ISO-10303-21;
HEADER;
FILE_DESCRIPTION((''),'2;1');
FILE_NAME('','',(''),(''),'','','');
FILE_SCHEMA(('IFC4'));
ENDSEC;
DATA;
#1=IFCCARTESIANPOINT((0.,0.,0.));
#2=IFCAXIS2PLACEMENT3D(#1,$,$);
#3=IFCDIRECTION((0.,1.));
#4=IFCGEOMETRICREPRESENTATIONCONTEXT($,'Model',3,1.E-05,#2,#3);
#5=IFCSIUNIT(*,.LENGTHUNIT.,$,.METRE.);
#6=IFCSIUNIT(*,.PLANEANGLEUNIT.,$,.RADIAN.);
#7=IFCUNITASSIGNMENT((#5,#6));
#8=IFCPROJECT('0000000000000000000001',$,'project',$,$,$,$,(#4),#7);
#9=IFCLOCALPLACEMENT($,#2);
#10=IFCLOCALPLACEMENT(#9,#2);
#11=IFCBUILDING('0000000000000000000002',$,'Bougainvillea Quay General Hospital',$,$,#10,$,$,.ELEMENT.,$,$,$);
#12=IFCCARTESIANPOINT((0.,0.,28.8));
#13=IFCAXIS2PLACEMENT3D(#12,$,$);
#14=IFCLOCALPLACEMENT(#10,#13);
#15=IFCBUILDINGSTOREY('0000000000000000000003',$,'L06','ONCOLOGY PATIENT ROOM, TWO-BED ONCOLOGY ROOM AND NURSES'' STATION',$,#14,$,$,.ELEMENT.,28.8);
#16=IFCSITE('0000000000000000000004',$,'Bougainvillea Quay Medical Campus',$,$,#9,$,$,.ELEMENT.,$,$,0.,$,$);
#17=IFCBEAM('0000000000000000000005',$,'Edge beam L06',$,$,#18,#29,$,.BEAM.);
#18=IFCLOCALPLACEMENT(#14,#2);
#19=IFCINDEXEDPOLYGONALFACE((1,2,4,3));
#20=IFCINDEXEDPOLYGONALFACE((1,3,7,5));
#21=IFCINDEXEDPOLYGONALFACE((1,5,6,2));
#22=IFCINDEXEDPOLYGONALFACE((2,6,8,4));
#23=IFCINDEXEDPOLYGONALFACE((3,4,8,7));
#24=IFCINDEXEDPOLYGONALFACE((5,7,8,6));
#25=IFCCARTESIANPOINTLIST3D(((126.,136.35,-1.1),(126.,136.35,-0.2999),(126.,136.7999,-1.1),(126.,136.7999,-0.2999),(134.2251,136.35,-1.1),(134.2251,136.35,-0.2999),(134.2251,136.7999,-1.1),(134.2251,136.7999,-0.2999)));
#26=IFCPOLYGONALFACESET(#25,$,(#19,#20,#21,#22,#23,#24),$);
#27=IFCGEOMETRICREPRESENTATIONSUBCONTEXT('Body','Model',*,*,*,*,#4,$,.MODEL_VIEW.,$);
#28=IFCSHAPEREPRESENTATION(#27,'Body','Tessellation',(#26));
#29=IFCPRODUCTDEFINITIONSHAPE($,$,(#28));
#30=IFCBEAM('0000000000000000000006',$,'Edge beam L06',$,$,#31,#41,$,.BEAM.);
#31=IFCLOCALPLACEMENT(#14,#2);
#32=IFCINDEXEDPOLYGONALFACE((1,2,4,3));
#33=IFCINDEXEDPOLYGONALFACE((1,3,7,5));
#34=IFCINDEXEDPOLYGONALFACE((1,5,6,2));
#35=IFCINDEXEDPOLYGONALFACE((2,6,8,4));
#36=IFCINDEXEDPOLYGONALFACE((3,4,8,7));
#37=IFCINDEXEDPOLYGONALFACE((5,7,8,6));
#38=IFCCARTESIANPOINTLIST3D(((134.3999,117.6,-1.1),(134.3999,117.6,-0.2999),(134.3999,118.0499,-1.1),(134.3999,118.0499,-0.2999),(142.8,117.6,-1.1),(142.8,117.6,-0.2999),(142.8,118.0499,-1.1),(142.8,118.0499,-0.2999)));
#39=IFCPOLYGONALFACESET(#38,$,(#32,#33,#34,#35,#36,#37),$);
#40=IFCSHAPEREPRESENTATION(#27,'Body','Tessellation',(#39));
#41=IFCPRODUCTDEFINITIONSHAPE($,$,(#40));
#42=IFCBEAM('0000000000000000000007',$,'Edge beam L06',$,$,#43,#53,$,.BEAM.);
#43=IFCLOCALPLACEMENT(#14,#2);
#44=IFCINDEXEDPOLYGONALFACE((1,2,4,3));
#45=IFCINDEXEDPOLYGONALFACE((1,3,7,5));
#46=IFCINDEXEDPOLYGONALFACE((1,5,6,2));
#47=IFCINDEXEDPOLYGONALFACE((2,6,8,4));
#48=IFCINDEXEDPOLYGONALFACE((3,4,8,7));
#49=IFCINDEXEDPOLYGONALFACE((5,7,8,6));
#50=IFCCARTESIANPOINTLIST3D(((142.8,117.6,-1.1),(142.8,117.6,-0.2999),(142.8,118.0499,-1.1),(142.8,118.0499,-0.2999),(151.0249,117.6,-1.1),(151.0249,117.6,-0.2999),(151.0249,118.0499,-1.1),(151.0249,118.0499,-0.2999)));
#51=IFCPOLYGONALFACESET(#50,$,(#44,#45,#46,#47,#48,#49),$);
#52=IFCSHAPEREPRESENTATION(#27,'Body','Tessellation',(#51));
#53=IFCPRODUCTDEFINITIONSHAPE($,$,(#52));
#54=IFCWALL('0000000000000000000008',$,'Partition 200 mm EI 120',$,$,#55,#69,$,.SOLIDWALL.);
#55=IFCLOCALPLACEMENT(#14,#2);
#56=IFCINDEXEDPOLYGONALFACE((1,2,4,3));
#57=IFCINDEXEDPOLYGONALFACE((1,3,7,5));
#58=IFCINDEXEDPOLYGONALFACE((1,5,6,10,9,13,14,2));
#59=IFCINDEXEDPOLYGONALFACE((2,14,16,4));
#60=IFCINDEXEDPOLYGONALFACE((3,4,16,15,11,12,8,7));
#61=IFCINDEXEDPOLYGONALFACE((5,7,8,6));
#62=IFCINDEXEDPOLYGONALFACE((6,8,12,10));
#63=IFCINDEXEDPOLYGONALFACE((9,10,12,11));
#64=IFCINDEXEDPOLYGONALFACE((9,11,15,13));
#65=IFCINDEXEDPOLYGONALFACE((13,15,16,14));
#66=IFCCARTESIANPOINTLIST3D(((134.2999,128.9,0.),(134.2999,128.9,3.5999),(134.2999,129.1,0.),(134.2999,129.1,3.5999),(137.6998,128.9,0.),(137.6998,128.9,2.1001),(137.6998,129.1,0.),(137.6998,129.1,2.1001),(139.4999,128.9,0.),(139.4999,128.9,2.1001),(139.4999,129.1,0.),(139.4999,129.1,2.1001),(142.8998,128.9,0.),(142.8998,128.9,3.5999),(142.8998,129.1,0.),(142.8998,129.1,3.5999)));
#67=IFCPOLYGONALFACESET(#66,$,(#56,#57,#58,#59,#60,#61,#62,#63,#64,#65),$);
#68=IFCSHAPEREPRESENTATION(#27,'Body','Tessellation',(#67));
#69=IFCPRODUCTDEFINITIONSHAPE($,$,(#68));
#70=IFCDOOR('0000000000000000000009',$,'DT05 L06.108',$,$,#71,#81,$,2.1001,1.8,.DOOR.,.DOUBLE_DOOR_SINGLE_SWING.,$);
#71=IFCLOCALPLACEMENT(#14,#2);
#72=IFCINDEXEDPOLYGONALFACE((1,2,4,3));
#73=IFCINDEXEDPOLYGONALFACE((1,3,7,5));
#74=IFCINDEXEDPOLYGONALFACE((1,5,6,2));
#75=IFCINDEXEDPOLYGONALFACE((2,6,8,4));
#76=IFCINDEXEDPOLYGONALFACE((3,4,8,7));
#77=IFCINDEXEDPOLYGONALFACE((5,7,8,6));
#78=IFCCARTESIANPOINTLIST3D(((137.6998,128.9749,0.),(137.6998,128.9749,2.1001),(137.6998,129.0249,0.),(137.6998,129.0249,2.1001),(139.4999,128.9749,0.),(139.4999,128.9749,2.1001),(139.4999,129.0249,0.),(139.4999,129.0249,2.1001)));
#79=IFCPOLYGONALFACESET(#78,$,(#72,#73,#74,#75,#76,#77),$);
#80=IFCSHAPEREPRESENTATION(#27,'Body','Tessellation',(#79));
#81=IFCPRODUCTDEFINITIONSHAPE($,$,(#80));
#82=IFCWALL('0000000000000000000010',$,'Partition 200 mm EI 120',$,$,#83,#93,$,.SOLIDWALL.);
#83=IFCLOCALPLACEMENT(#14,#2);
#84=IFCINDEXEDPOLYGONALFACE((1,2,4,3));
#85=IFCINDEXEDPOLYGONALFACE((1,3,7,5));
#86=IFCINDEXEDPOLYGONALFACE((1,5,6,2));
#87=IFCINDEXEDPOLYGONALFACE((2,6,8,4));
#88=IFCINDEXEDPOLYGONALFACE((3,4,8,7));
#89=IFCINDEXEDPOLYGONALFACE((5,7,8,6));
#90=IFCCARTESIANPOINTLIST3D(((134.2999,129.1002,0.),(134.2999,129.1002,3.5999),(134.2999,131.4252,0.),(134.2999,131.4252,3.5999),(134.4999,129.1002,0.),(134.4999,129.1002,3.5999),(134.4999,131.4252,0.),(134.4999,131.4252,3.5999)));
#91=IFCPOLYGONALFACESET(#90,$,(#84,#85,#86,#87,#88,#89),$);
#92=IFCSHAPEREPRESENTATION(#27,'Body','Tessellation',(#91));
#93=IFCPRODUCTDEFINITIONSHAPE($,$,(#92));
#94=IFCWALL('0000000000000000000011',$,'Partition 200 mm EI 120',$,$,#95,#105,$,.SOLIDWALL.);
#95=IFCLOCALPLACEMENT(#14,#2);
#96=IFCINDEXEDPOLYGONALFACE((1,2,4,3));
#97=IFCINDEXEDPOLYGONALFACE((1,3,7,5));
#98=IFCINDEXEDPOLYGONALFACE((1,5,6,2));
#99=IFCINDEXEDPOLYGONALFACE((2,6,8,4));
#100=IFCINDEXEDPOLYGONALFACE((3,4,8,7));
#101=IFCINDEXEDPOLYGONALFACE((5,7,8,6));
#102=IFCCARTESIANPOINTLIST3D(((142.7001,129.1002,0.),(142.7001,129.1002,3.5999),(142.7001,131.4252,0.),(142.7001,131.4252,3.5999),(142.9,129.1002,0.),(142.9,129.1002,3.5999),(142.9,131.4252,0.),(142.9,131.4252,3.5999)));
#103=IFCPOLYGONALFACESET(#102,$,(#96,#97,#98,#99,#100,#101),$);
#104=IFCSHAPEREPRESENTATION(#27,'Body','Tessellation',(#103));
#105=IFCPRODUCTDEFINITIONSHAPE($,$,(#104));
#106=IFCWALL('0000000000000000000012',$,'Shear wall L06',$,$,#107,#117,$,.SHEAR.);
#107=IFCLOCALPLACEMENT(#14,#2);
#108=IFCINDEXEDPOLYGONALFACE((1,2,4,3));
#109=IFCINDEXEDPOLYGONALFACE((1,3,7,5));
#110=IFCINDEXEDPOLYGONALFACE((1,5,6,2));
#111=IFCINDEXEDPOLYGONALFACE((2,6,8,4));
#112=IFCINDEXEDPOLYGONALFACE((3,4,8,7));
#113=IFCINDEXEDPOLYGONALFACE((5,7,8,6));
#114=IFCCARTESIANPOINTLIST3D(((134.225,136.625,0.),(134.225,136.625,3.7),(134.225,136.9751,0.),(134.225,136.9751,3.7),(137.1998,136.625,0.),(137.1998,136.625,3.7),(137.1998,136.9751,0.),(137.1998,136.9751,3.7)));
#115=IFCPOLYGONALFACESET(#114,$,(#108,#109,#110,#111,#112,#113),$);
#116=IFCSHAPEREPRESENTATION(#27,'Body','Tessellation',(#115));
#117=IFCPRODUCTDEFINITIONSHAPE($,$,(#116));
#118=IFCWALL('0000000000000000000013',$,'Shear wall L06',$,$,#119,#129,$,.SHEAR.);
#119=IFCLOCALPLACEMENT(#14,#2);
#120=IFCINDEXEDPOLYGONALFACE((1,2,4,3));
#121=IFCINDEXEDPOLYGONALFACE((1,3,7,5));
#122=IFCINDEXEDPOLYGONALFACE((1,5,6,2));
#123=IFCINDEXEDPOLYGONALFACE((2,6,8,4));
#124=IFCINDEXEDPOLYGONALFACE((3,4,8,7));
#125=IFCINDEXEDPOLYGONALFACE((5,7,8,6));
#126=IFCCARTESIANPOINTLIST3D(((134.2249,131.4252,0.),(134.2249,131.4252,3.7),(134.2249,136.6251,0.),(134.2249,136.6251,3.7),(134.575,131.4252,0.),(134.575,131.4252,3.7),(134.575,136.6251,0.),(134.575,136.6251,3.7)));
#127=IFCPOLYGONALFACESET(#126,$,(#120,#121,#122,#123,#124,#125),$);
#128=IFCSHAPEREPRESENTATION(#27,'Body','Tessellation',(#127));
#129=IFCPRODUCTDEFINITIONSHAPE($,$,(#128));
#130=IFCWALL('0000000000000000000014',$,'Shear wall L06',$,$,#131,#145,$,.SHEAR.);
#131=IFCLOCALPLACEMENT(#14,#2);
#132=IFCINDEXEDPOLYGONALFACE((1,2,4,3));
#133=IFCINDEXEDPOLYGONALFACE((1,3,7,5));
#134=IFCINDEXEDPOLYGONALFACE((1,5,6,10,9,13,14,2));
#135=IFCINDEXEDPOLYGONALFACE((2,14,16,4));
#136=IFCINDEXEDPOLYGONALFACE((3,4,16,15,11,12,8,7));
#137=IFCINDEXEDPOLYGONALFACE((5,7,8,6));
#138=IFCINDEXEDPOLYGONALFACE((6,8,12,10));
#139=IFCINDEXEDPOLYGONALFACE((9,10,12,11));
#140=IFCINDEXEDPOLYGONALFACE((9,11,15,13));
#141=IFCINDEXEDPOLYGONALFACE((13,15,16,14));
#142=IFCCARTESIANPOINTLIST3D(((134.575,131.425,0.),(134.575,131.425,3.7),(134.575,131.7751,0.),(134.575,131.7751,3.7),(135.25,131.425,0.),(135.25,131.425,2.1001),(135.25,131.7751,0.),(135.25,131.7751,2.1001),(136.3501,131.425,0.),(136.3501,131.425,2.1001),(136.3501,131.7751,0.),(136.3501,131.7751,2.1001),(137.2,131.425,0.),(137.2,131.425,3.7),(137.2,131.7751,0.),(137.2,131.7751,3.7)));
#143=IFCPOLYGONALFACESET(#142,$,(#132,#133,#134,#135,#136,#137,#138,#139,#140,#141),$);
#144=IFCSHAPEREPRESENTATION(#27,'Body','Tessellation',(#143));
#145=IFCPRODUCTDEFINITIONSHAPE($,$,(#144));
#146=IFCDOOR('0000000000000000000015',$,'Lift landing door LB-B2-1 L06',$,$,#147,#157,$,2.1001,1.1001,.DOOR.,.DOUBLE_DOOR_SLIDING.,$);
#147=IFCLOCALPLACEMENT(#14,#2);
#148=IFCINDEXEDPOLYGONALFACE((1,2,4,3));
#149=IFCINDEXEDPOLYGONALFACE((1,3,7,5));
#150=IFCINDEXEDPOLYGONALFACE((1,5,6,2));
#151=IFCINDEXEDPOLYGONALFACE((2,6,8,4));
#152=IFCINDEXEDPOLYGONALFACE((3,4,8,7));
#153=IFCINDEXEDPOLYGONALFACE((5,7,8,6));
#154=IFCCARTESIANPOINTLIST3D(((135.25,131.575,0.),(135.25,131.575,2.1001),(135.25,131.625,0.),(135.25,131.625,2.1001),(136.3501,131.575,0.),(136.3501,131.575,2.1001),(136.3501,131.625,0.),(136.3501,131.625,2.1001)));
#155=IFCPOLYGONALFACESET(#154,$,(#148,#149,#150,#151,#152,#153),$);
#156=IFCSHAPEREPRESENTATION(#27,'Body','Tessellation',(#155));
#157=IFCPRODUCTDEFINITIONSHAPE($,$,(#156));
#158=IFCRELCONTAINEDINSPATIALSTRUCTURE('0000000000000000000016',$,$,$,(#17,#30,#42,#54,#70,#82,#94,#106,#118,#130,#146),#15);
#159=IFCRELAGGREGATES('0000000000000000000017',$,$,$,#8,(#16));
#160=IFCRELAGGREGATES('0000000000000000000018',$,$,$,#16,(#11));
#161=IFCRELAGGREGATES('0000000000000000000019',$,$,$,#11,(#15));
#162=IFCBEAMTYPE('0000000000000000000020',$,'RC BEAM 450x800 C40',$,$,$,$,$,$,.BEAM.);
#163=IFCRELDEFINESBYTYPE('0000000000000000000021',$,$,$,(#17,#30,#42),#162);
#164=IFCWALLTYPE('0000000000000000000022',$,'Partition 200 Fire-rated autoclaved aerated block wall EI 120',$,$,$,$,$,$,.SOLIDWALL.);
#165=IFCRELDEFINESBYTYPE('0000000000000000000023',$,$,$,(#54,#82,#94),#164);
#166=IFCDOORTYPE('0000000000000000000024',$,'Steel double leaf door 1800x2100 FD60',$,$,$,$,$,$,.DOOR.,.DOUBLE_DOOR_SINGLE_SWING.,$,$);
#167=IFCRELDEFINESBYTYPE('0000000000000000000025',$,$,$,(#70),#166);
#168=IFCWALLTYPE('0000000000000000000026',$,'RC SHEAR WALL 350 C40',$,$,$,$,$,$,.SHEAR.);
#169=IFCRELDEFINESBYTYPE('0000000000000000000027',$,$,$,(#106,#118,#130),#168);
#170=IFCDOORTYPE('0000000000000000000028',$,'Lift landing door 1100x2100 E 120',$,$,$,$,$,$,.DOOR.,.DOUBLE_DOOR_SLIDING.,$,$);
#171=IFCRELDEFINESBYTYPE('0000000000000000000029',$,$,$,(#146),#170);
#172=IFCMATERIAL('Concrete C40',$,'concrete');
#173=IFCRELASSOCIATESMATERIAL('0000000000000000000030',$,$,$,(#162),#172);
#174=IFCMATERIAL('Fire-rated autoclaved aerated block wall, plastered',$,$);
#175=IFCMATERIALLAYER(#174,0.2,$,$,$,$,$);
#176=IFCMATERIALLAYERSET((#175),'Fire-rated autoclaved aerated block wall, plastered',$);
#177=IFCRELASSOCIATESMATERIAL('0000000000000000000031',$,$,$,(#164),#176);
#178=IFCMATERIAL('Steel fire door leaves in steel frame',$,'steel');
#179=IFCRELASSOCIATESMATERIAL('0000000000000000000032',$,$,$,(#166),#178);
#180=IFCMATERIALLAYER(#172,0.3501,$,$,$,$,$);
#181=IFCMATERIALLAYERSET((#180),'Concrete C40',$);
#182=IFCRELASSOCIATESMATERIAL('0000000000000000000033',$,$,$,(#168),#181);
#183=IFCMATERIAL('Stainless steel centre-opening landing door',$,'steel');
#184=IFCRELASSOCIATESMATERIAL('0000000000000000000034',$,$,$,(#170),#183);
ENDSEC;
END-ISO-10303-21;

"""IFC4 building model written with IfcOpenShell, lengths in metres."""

from ifc_helpers import new_model, si_unit, direction, frame, frame_2d, origin, origin_2d, place, context, subcontext, project, spatial, rectangle, extrude, material, layer, layer_set, material_profile, profile_set, type_object, element, fill, save


model = new_model("IFC4")

# Units and contexts
model_context = context("Model", 3, precision=1e-05, world=origin(), true_north=direction((0.0, 1.0)))
body_context = subcontext(model_context, "Body", "Model", "MODEL_VIEW")
ifc_project = project(units=[si_unit("LENGTHUNIT", "METRE"), si_unit("PLANEANGLEUNIT", "RADIAN")], contexts=[model_context])

# Site, building, storey
site_placement = place(None, origin())
site = spatial("IfcSite", under=ifc_project, at=site_placement, Name="Bougainvillea Quay Medical Campus", CompositionType="ELEMENT", RefElevation=0.0)
building_placement = place(site_placement, origin())
building = spatial("IfcBuilding", under=site, at=building_placement, Name="Bougainvillea Quay General Hospital", CompositionType="ELEMENT")
storey_placement = place(building_placement, frame((0.0, 0.0, 28.8)))
storey = spatial("IfcBuildingStorey", under=building, at=storey_placement, Name="L06", Description="ONCOLOGY PATIENT ROOM, TWO-BED ONCOLOGY ROOM AND NURSES' STATION", CompositionType="ELEMENT", Elevation=28.8)

# Beams
ifc_material_1 = material(Name="Concrete C40", Category="concrete")
ifc_material_profile = material_profile(ifc_material_1, rectangle(XDim=0.45, YDim=0.8, at=origin_2d()))
ifc_profile_set = profile_set([ifc_material_profile], Name="Concrete C40")
beam_type = type_object("IfcBeamType", Name="RC BEAM 450x800 C40", PredefinedType="BEAM", material=ifc_profile_set)
beam_1_placement = place(storey_placement, frame((134.2251, 136.575, -0.7), z_axis=(-1.0, 0.0, 0.0), x_axis=(0.0, -1.0, 0.0)))
element("IfcBeam", 1, at=beam_1_placement, inside=storey, type_object=beam_type, Name="Edge beam L06", PredefinedType="BEAM", context=body_context, shape_type="SweptSolid", body=[
    extrude(rectangle(XDim=0.45, YDim=0.8, at=origin_2d()), origin(), (0.0, 0.0, 1.0), 8.2251),
])
beam_2_placement = place(storey_placement, frame((134.3999, 117.825, -0.7), z_axis=(1.0, 0.0, 0.0), x_axis=(0.0, 1.0, 0.0)))
element("IfcBeam", 2, at=beam_2_placement, inside=storey, type_object=beam_type, Name="Edge beam L06", PredefinedType="BEAM", context=body_context, shape_type="SweptSolid", body=[
    extrude(rectangle(XDim=0.45, YDim=0.8, at=origin_2d()), origin(), (0.0, 0.0, 1.0), 8.4001),
])
beam_3_placement = place(storey_placement, frame((142.8, 117.825, -0.7), z_axis=(1.0, 0.0, 0.0), x_axis=(0.0, 1.0, 0.0)))
element("IfcBeam", 3, at=beam_3_placement, inside=storey, type_object=beam_type, Name="Edge beam L06", PredefinedType="BEAM", context=body_context, shape_type="SweptSolid", body=[
    extrude(rectangle(XDim=0.45, YDim=0.8, at=origin_2d()), origin(), (0.0, 0.0, 1.0), 8.2249),
])

# Wall, opening, door
ifc_material_2 = material(Name="Fire-rated autoclaved aerated block wall, plastered")
ifc_layer_1 = layer(ifc_material_2, 0.2)
ifc_layer_set_1 = layer_set([ifc_layer_1], Name="Fire-rated autoclaved aerated block wall, plastered")
wall_type_1 = type_object("IfcWallType", Name="Partition 200 Fire-rated autoclaved aerated block wall EI 120", PredefinedType="SOLIDWALL", material=ifc_layer_set_1)
wall_1_placement = place(storey_placement, frame((134.3, 129.0, 0.0), z_axis=(0.0, 0.0, 1.0), x_axis=(1.0, 0.0, 0.0)))
wall_1 = element("IfcWall", 4, at=wall_1_placement, inside=storey, type_object=wall_type_1, Name="Partition 200 mm EI 120", PredefinedType="SOLIDWALL", context=body_context, shape_type="SweptSolid", body=[
    extrude(rectangle(XDim=8.5999, YDim=0.2, at=frame_2d((4.2998, 0.0))), origin(), (0.0, 0.0, 1.0), 3.5999),
])
opening_1_placement = place(wall_1_placement, frame((3.3999, 0.0, 0.0)))
opening_1 = element("IfcOpeningElement", 5, at=opening_1_placement, cuts=wall_1, PredefinedType="OPENING", context=body_context, shape_type="SweptSolid", body=[
    extrude(rectangle(XDim=1.8, YDim=2.1001, at=frame_2d((0.8999, 1.05))), frame((0.0, 0.1099, 0.0), z_axis=(0.0, -1.0, 0.0), x_axis=(1.0, 0.0, 0.0)), (0.0, 0.0, 1.0), 0.22),
])
ifc_material_3 = material(Name="Steel fire door leaves in steel frame", Category="steel")
door_type_1 = type_object("IfcDoorType", Name="Steel double leaf door 1800x2100 FD60", OperationType="DOUBLE_DOOR_SINGLE_SWING", PredefinedType="DOOR", material=ifc_material_3)
door_1_placement = place(opening_1_placement, origin())
door_1 = element("IfcDoor", 6, at=door_1_placement, inside=storey, type_object=door_type_1, Name="DT05 L06.108", OperationType="DOUBLE_DOOR_SINGLE_SWING", OverallHeight=2.1001, OverallWidth=1.8, PredefinedType="DOOR", context=body_context, shape_type="SweptSolid", body=[
    extrude(rectangle(XDim=1.8, YDim=2.1001, at=frame_2d((0.8999, 1.05))), frame((0.0, 0.0249, 0.0), z_axis=(0.0, -1.0, 0.0), x_axis=(1.0, 0.0, 0.0)), (0.0, 0.0, 1.0), 0.05),
])
fill(opening_1, door_1)

# Walls
for number, where, z_axis, x_axis, name in (
    (7, (134.3999, 129.1001, 0.0), (0.0, 0.0, 1.0), (0.0, 1.0, 0.0), "Partition 200 mm EI 120"),
    (8, (142.8, 129.1001, 0.0), (0.0, 0.0, 1.0), (0.0, 1.0, 0.0), "Partition 200 mm EI 120"),
):
    element("IfcWall", number, at=place(storey_placement, frame(where, z_axis=z_axis, x_axis=x_axis)), inside=storey, type_object=wall_type_1, Name=name, PredefinedType="SOLIDWALL", context=body_context, shape_type="SweptSolid", body=[
        extrude(rectangle(XDim=2.325, YDim=0.2, at=frame_2d((1.1626, 0.0))), origin(), (0.0, 0.0, 1.0), 3.5999),
    ])
ifc_layer_2 = layer(ifc_material_1, 0.3501)
ifc_layer_set_2 = layer_set([ifc_layer_2], Name="Concrete C40")
wall_type_2 = type_object("IfcWallType", Name="RC SHEAR WALL 350 C40", PredefinedType="SHEAR", material=ifc_layer_set_2)
wall_2_placement = place(storey_placement, frame((134.2251, 136.8, 0.0), z_axis=(0.0, 0.0, 1.0), x_axis=(1.0, 0.0, 0.0)))
element("IfcWall", 9, at=wall_2_placement, inside=storey, type_object=wall_type_2, Name="Shear wall L06", PredefinedType="SHEAR", context=body_context, shape_type="SweptSolid", body=[
    extrude(rectangle(XDim=2.9749, YDim=0.3501, at=frame_2d((1.4873, 0.0))), origin(), (0.0, 0.0, 1.0), 3.7),
])
wall_3_placement = place(storey_placement, frame((134.3999, 131.425, 0.0), z_axis=(0.0, 0.0, 1.0), x_axis=(0.0, 1.0, 0.0)))
element("IfcWall", 10, at=wall_3_placement, inside=storey, type_object=wall_type_2, Name="Shear wall L06", PredefinedType="SHEAR", context=body_context, shape_type="SweptSolid", body=[
    extrude(rectangle(XDim=5.2, YDim=0.3501, at=frame_2d((2.6001, 0.0))), origin(), (0.0, 0.0, 1.0), 3.7),
])

# Wall, opening, door
wall_4_placement = place(storey_placement, frame((134.575, 131.6001, 0.0), z_axis=(0.0, 0.0, 1.0), x_axis=(1.0, 0.0, 0.0)))
wall_4 = element("IfcWall", 11, at=wall_4_placement, inside=storey, type_object=wall_type_2, Name="Shear wall L06", PredefinedType="SHEAR", context=body_context, shape_type="SweptSolid", body=[
    extrude(rectangle(XDim=2.625, YDim=0.3501, at=frame_2d((1.3125, 0.0))), origin(), (0.0, 0.0, 1.0), 3.7),
])
opening_2_placement = place(wall_4_placement, frame((0.675, 0.0, 0.0)))
opening_2 = element("IfcOpeningElement", 12, at=opening_2_placement, cuts=wall_4, PredefinedType="OPENING", context=body_context, shape_type="SweptSolid", body=[
    extrude(rectangle(XDim=1.1001, YDim=2.1001, at=frame_2d((0.55, 1.05))), frame((0.0, 0.1851, 0.0), z_axis=(0.0, -1.0, 0.0), x_axis=(1.0, 0.0, 0.0)), (0.0, 0.0, 1.0), 0.3701),
])
ifc_material_4 = material(Name="Stainless steel centre-opening landing door", Category="steel")
door_type_2 = type_object("IfcDoorType", Name="Lift landing door 1100x2100 E 120", OperationType="DOUBLE_DOOR_SLIDING", PredefinedType="DOOR", material=ifc_material_4)
door_2_placement = place(opening_2_placement, origin())
door_2 = element("IfcDoor", 13, at=door_2_placement, inside=storey, type_object=door_type_2, Name="Lift landing door LB-B2-1 L06", OperationType="DOUBLE_DOOR_SLIDING", OverallHeight=2.1001, OverallWidth=1.1001, PredefinedType="DOOR", context=body_context, shape_type="SweptSolid", body=[
    extrude(rectangle(XDim=1.1001, YDim=2.1001, at=frame_2d((0.55, 1.05))), frame((0.0, 0.0249, 0.0), z_axis=(0.0, -1.0, 0.0), x_axis=(1.0, 0.0, 0.0)), (0.0, 0.0, 1.0), 0.05),
])
fill(opening_2, door_2)

save(model, "model.ifc")
